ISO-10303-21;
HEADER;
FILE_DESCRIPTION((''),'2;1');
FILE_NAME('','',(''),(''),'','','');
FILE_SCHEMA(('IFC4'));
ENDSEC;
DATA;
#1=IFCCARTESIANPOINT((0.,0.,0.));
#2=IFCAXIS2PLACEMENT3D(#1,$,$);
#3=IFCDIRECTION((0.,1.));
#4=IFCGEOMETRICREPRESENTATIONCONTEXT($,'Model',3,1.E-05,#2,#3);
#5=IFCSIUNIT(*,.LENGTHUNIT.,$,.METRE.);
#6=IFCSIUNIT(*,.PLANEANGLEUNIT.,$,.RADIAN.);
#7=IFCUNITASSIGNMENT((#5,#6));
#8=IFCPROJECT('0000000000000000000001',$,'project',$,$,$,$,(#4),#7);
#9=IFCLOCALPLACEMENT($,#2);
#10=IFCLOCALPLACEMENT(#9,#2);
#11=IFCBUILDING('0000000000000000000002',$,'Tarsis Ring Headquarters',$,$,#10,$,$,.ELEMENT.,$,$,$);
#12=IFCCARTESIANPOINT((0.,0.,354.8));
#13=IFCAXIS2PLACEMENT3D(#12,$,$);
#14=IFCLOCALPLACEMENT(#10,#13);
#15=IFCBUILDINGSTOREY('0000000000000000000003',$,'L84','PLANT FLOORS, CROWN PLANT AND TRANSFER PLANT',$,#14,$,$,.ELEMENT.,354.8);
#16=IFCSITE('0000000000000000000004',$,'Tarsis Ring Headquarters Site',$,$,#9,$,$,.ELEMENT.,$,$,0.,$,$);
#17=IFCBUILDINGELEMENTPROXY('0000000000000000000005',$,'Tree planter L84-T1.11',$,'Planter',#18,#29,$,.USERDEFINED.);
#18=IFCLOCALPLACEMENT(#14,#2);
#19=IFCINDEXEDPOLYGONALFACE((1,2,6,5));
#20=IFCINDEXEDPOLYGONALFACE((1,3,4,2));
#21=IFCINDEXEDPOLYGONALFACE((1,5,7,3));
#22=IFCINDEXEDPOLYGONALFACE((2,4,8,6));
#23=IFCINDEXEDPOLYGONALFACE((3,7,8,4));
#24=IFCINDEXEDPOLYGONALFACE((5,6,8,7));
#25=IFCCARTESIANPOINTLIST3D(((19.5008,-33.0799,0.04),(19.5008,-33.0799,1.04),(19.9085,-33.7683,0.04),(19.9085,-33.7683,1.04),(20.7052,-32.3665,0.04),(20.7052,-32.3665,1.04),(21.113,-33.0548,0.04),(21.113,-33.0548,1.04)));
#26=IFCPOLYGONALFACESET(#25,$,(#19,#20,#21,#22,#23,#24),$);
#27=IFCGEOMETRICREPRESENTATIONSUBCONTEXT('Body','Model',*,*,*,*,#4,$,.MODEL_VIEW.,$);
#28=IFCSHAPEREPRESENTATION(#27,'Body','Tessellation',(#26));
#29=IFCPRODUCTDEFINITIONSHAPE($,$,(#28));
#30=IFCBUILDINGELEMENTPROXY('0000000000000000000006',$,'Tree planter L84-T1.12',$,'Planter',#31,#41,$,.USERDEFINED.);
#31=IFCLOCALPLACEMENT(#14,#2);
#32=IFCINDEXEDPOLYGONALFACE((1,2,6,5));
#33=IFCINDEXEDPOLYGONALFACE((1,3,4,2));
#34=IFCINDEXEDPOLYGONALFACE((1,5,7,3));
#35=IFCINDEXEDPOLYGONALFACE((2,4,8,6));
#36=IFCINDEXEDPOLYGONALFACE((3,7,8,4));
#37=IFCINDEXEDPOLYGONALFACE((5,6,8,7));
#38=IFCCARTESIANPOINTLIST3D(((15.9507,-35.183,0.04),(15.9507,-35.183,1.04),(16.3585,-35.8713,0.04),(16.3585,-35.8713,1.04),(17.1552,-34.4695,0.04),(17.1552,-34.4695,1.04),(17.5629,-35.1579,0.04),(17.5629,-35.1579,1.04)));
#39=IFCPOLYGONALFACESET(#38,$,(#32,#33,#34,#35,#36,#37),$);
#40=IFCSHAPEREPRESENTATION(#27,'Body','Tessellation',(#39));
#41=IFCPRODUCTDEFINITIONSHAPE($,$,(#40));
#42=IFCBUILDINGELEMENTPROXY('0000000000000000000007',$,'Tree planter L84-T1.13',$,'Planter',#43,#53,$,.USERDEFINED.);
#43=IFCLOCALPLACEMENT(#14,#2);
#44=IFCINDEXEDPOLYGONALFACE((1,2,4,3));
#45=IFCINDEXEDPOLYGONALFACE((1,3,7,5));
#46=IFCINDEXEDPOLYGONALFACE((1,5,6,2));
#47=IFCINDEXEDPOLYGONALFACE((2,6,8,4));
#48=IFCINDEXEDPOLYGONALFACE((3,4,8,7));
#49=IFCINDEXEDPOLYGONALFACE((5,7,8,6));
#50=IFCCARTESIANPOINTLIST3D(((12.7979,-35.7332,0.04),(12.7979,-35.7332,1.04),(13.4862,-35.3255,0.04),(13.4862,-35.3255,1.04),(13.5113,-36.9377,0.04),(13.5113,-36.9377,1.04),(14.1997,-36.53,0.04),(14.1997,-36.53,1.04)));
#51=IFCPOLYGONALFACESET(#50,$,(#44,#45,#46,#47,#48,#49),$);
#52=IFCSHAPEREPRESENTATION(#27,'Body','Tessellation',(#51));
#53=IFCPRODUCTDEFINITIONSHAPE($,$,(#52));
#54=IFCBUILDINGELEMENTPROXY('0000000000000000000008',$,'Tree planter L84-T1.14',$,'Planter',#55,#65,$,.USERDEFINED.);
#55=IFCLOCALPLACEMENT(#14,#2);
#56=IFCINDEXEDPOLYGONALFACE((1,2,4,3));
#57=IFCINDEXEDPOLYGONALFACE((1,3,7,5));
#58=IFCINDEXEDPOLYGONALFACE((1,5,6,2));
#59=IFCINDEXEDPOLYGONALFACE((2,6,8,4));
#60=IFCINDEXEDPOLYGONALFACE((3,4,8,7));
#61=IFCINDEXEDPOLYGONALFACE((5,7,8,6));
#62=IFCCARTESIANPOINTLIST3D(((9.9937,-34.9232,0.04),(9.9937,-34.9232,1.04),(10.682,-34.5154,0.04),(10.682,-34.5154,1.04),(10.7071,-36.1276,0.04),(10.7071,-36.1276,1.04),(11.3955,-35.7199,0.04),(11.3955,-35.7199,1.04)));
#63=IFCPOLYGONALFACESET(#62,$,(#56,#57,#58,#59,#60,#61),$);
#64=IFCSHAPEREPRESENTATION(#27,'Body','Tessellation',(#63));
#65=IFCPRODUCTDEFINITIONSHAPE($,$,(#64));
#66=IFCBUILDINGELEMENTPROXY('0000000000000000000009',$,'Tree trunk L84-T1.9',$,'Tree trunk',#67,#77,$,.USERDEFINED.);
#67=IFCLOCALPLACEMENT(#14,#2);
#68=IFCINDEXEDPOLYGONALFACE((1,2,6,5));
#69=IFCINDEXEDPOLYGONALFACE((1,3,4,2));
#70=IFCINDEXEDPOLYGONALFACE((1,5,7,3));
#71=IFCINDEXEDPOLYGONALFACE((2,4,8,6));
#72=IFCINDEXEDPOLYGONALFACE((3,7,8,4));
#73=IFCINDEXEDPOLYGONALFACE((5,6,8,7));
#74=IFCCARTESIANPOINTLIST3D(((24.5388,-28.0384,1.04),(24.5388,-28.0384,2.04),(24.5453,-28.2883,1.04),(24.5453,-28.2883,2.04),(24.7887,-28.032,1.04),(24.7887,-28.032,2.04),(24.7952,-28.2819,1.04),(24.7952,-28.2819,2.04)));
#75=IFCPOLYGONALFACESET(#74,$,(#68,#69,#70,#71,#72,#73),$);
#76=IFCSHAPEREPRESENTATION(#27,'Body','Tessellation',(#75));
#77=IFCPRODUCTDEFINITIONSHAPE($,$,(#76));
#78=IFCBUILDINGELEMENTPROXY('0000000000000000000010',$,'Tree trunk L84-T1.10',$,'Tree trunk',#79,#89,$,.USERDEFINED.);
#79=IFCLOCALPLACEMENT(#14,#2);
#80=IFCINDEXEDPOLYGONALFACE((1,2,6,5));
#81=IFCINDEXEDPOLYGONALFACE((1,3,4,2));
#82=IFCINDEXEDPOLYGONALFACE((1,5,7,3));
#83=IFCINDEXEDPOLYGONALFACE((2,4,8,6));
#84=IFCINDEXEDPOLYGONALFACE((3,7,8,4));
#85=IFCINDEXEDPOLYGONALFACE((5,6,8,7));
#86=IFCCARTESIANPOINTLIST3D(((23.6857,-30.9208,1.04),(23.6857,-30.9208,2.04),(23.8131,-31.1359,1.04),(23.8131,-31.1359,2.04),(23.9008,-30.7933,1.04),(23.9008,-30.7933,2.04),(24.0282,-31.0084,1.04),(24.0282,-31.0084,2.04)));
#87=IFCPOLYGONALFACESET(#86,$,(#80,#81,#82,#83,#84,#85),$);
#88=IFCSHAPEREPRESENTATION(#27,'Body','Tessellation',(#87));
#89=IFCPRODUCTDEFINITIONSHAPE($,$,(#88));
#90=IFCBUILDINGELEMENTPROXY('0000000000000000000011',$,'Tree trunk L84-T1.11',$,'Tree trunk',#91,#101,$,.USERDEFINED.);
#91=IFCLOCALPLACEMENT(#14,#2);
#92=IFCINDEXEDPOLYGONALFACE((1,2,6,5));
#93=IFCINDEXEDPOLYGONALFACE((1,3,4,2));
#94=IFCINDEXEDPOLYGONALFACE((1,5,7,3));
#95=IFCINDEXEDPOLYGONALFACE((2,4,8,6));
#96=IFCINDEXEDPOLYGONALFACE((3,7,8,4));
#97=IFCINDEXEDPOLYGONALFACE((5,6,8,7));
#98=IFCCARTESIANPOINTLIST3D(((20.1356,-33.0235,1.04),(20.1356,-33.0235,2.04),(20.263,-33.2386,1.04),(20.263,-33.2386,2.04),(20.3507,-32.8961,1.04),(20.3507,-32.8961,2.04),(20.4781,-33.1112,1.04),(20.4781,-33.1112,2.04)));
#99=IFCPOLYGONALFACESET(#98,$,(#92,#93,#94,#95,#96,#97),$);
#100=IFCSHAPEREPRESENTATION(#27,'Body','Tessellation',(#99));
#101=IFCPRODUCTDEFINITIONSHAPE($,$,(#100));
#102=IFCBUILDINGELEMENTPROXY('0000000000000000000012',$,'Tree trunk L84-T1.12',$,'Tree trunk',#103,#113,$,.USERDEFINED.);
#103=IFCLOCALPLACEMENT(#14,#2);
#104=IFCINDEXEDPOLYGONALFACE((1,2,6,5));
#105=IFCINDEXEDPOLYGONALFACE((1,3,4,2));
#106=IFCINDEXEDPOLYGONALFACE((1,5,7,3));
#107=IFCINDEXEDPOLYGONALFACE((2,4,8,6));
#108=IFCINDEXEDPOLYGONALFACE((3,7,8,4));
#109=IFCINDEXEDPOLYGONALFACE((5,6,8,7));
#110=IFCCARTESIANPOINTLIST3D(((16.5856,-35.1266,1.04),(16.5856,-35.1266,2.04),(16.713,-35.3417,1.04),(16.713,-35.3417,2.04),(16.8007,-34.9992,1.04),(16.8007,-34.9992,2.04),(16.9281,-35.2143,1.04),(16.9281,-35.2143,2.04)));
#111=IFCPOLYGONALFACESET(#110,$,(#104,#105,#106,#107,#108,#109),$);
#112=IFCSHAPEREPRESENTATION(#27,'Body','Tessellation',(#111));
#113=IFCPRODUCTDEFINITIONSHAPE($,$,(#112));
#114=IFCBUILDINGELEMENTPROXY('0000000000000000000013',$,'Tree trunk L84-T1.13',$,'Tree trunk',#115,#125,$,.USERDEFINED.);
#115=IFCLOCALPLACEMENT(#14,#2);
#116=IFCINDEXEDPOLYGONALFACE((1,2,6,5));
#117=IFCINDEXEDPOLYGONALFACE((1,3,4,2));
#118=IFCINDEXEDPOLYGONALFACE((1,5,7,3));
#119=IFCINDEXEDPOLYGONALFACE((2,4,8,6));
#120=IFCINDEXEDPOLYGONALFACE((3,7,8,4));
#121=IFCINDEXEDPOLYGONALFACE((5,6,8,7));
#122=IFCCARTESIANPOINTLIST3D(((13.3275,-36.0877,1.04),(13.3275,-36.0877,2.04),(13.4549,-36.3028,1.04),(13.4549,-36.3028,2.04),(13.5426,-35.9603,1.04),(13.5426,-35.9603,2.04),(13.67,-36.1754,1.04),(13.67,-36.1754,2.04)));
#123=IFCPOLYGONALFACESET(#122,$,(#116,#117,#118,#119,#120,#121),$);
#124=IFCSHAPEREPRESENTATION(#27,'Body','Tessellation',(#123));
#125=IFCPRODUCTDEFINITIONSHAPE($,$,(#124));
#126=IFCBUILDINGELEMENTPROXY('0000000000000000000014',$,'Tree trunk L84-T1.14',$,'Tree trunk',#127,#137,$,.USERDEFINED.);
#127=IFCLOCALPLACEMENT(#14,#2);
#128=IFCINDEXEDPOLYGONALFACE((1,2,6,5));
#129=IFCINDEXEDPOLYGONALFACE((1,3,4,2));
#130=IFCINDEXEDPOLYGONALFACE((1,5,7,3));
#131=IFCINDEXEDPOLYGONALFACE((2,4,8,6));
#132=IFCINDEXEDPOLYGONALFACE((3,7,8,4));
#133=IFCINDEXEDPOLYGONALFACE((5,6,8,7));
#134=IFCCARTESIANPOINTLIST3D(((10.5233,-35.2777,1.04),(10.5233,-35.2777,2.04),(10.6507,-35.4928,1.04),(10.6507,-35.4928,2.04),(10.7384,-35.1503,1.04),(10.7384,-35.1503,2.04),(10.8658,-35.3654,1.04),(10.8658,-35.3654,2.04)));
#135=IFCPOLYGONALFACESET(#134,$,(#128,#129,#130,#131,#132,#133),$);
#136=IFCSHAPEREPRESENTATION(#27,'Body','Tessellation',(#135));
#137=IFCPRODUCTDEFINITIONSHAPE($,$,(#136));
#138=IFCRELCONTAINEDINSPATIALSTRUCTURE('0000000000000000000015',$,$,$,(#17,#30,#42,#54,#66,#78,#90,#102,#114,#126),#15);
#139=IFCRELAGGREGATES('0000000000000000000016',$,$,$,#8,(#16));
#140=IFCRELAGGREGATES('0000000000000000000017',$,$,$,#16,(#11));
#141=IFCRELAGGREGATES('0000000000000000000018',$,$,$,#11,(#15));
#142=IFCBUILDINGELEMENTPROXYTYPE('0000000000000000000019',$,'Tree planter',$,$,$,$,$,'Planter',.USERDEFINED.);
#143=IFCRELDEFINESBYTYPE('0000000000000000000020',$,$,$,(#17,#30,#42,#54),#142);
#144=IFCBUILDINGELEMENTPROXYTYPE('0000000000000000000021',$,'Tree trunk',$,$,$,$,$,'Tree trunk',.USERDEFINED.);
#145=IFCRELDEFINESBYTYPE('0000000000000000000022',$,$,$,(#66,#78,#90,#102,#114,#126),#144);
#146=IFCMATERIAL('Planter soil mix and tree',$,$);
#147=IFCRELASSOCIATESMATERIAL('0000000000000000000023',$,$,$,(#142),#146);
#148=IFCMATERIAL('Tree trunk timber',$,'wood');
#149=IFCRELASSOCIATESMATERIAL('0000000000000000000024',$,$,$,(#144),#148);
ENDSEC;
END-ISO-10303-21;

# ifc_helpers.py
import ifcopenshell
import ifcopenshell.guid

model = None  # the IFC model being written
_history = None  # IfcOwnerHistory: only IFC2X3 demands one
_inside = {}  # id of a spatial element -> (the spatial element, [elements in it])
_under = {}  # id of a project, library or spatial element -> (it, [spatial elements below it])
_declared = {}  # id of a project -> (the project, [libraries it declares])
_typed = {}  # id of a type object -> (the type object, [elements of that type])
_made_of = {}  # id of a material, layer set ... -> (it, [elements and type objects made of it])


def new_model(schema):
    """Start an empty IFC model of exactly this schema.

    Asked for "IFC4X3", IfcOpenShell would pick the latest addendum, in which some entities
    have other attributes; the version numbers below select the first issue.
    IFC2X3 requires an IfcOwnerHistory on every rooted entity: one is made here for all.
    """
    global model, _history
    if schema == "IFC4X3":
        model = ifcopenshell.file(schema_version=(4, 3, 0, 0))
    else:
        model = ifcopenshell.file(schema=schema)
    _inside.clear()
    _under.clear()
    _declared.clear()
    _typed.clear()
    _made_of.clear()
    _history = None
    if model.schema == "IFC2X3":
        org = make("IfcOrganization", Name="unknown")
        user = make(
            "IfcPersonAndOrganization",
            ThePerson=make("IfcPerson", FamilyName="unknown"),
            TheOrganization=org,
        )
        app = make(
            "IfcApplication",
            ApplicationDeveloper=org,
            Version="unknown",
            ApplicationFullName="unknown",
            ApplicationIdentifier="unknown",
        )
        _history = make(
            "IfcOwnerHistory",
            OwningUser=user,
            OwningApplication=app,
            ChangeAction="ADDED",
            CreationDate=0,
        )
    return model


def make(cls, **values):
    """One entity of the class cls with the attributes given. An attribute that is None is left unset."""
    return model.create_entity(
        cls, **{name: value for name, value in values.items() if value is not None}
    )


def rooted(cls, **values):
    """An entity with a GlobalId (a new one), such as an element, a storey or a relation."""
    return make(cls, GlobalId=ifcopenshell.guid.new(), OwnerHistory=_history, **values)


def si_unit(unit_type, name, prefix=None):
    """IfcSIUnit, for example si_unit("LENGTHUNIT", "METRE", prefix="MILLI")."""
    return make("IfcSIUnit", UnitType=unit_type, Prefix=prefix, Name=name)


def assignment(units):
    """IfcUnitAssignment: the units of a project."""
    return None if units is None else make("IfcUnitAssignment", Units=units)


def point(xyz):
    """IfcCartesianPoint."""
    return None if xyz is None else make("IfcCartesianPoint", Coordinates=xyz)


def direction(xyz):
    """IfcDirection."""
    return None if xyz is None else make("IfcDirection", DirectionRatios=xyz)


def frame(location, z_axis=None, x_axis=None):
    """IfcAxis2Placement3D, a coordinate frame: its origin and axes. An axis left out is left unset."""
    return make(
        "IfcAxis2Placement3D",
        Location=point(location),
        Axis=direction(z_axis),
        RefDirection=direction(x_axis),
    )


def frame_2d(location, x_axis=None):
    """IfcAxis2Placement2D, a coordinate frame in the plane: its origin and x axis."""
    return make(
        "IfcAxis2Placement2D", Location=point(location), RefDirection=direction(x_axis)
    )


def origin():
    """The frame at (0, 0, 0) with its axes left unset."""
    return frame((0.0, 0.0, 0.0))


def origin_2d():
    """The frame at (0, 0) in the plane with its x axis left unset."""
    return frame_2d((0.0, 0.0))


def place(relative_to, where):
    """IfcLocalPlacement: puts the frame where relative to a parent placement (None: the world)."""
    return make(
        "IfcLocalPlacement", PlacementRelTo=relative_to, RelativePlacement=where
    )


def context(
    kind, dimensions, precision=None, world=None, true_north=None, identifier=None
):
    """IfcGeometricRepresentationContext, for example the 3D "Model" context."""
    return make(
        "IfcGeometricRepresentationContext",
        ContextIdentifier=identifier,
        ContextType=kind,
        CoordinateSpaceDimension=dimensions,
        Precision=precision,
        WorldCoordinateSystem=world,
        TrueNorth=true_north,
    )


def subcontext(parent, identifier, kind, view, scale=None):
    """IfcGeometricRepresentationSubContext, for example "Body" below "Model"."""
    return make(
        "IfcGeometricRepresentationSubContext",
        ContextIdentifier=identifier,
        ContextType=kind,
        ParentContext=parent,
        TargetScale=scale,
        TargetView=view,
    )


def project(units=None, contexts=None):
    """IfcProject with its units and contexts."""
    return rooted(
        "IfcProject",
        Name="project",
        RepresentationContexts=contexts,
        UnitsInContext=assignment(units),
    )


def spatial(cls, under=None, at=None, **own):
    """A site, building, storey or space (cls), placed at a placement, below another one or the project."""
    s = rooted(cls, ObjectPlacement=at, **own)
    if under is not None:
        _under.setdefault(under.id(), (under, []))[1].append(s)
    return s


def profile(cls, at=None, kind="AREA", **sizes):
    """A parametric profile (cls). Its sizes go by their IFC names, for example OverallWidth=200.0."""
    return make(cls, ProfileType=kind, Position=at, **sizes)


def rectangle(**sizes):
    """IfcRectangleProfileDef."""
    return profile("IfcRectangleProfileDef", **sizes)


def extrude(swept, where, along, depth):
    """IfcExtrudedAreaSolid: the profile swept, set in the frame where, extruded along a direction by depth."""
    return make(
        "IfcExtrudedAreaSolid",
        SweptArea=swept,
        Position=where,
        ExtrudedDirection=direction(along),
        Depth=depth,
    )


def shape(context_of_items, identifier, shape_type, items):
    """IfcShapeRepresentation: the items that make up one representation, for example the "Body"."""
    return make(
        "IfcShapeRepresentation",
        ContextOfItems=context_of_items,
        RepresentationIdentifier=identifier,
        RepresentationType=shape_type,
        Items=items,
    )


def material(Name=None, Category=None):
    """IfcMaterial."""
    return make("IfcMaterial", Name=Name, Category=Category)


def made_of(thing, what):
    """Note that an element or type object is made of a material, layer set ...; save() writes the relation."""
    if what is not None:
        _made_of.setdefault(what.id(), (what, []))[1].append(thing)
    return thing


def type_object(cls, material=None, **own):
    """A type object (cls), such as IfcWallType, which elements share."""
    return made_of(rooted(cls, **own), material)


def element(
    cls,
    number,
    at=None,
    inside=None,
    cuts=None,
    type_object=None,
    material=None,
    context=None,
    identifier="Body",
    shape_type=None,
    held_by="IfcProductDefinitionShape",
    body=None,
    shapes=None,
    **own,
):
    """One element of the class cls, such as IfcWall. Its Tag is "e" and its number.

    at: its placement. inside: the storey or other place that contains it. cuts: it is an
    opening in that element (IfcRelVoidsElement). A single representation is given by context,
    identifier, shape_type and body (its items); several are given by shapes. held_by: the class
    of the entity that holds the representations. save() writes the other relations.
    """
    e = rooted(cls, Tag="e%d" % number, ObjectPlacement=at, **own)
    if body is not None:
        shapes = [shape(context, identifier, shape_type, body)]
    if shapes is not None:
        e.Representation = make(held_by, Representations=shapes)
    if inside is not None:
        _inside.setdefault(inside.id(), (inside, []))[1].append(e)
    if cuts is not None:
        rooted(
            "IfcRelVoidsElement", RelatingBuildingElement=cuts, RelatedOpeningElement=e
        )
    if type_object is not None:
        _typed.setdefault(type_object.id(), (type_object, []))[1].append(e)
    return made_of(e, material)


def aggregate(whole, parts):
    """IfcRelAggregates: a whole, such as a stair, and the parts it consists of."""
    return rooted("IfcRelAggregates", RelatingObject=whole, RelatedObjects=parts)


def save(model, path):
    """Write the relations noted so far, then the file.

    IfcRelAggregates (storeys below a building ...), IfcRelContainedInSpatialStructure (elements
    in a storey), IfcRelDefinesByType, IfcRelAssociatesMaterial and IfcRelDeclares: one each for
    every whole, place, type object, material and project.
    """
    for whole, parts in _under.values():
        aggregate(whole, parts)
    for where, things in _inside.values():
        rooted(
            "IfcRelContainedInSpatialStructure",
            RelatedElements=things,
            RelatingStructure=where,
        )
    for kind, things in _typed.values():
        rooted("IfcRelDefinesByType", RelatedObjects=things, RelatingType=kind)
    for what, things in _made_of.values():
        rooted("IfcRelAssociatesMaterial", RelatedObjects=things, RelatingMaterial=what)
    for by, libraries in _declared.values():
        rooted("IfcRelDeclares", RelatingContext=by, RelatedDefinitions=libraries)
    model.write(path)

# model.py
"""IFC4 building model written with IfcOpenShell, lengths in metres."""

from ifc_helpers import new_model, si_unit, direction, frame, origin, origin_2d, place, context, subcontext, project, spatial, rectangle, extrude, material, type_object, element, save


model = new_model("IFC4")

# Units and contexts
model_context = context("Model", 3, precision=1e-05, world=origin(), true_north=direction((0.0, 1.0)))
body_context = subcontext(model_context, "Body", "Model", "MODEL_VIEW")
ifc_project = project(units=[si_unit("LENGTHUNIT", "METRE"), si_unit("PLANEANGLEUNIT", "RADIAN")], contexts=[model_context])

# Site, building, storey
site_placement = place(None, origin())
site = spatial("IfcSite", under=ifc_project, at=site_placement, Name="Tarsis Ring Headquarters Site", CompositionType="ELEMENT", RefElevation=0.0)
building_placement = place(site_placement, origin())
building = spatial("IfcBuilding", under=site, at=building_placement, Name="Tarsis Ring Headquarters", CompositionType="ELEMENT")
storey_placement = place(building_placement, frame((0.0, 0.0, 354.8)))
storey = spatial("IfcBuildingStorey", under=building, at=storey_placement, Name="L84", Description="PLANT FLOORS, CROWN PLANT AND TRANSFER PLANT", CompositionType="ELEMENT", Elevation=354.8)

# Building element proxies
ifc_material_1 = material(Name="Planter soil mix and tree")
building_element_proxy_type_1 = type_object("IfcBuildingElementProxyType", Name="Tree planter", ElementType="Planter", PredefinedType="USERDEFINED", material=ifc_material_1)
for number, where, z_axis, x_axis, name in (
    (1, (20.3069, -33.0674, 0.04), (0.0, 0.0, 1.0), (-0.860386, -0.509642, 0.0), "Tree planter L84-T1.11"),
    (2, (16.7568, -35.1704, 0.04), (0.0, 0.0, 1.0), (-0.860386, -0.509642, 0.0), "Tree planter L84-T1.12"),
    (3, (13.4988, -36.1316, 0.04), (0.0, 0.0, 1.0), (-0.509642, 0.860386, 0.0), "Tree planter L84-T1.13"),
    (4, (10.6946, -35.3215, 0.04), (0.0, 0.0, 1.0), (-0.509642, 0.860386, 0.0), "Tree planter L84-T1.14"),
):
    element("IfcBuildingElementProxy", number, at=place(storey_placement, frame(where, z_axis=z_axis, x_axis=x_axis)), inside=storey, type_object=building_element_proxy_type_1, Name=name, ObjectType="Planter", PredefinedType="USERDEFINED", context=body_context, shape_type="SweptSolid", body=[
        extrude(rectangle(XDim=1.3999, YDim=0.8, at=origin_2d()), origin(), (0.0, 0.0, 1.0), 1.0),
    ])
ifc_material_2 = material(Name="Tree trunk timber", Category="wood")
building_element_proxy_type_2 = type_object("IfcBuildingElementProxyType", Name="Tree trunk", ElementType="Tree trunk", PredefinedType="USERDEFINED", material=ifc_material_2)
for number, where, z_axis, x_axis, name in (
    (5, (24.667, -28.1602, 1.04), (0.0, 0.0, 1.0), (0.025866, -0.999665, 0.0), "Tree trunk L84-T1.9"),
    (6, (23.8569, -30.9646, 1.04), (0.0, 0.0, 1.0), (-0.860386, -0.509642, 0.0), "Tree trunk L84-T1.10"),
    (7, (20.3069, -33.0674, 1.04), (0.0, 0.0, 1.0), (-0.860386, -0.509642, 0.0), "Tree trunk L84-T1.11"),
    (8, (16.7568, -35.1704, 1.04), (0.0, 0.0, 1.0), (-0.860386, -0.509642, 0.0), "Tree trunk L84-T1.12"),
    (9, (13.4988, -36.1316, 1.04), (0.0, 0.0, 1.0), (-0.509642, 0.860386, 0.0), "Tree trunk L84-T1.13"),
    (10, (10.6946, -35.3215, 1.04), (0.0, 0.0, 1.0), (-0.509642, 0.860386, 0.0), "Tree trunk L84-T1.14"),
):
    element("IfcBuildingElementProxy", number, at=place(storey_placement, frame(where, z_axis=z_axis, x_axis=x_axis)), inside=storey, type_object=building_element_proxy_type_2, Name=name, ObjectType="Tree trunk", PredefinedType="USERDEFINED", context=body_context, shape_type="SweptSolid", body=[
        extrude(rectangle(XDim=0.25, YDim=0.25, at=origin_2d()), origin(), (0.0, 0.0, 1.0), 1.0),
    ])

save(model, "model.ifc")
